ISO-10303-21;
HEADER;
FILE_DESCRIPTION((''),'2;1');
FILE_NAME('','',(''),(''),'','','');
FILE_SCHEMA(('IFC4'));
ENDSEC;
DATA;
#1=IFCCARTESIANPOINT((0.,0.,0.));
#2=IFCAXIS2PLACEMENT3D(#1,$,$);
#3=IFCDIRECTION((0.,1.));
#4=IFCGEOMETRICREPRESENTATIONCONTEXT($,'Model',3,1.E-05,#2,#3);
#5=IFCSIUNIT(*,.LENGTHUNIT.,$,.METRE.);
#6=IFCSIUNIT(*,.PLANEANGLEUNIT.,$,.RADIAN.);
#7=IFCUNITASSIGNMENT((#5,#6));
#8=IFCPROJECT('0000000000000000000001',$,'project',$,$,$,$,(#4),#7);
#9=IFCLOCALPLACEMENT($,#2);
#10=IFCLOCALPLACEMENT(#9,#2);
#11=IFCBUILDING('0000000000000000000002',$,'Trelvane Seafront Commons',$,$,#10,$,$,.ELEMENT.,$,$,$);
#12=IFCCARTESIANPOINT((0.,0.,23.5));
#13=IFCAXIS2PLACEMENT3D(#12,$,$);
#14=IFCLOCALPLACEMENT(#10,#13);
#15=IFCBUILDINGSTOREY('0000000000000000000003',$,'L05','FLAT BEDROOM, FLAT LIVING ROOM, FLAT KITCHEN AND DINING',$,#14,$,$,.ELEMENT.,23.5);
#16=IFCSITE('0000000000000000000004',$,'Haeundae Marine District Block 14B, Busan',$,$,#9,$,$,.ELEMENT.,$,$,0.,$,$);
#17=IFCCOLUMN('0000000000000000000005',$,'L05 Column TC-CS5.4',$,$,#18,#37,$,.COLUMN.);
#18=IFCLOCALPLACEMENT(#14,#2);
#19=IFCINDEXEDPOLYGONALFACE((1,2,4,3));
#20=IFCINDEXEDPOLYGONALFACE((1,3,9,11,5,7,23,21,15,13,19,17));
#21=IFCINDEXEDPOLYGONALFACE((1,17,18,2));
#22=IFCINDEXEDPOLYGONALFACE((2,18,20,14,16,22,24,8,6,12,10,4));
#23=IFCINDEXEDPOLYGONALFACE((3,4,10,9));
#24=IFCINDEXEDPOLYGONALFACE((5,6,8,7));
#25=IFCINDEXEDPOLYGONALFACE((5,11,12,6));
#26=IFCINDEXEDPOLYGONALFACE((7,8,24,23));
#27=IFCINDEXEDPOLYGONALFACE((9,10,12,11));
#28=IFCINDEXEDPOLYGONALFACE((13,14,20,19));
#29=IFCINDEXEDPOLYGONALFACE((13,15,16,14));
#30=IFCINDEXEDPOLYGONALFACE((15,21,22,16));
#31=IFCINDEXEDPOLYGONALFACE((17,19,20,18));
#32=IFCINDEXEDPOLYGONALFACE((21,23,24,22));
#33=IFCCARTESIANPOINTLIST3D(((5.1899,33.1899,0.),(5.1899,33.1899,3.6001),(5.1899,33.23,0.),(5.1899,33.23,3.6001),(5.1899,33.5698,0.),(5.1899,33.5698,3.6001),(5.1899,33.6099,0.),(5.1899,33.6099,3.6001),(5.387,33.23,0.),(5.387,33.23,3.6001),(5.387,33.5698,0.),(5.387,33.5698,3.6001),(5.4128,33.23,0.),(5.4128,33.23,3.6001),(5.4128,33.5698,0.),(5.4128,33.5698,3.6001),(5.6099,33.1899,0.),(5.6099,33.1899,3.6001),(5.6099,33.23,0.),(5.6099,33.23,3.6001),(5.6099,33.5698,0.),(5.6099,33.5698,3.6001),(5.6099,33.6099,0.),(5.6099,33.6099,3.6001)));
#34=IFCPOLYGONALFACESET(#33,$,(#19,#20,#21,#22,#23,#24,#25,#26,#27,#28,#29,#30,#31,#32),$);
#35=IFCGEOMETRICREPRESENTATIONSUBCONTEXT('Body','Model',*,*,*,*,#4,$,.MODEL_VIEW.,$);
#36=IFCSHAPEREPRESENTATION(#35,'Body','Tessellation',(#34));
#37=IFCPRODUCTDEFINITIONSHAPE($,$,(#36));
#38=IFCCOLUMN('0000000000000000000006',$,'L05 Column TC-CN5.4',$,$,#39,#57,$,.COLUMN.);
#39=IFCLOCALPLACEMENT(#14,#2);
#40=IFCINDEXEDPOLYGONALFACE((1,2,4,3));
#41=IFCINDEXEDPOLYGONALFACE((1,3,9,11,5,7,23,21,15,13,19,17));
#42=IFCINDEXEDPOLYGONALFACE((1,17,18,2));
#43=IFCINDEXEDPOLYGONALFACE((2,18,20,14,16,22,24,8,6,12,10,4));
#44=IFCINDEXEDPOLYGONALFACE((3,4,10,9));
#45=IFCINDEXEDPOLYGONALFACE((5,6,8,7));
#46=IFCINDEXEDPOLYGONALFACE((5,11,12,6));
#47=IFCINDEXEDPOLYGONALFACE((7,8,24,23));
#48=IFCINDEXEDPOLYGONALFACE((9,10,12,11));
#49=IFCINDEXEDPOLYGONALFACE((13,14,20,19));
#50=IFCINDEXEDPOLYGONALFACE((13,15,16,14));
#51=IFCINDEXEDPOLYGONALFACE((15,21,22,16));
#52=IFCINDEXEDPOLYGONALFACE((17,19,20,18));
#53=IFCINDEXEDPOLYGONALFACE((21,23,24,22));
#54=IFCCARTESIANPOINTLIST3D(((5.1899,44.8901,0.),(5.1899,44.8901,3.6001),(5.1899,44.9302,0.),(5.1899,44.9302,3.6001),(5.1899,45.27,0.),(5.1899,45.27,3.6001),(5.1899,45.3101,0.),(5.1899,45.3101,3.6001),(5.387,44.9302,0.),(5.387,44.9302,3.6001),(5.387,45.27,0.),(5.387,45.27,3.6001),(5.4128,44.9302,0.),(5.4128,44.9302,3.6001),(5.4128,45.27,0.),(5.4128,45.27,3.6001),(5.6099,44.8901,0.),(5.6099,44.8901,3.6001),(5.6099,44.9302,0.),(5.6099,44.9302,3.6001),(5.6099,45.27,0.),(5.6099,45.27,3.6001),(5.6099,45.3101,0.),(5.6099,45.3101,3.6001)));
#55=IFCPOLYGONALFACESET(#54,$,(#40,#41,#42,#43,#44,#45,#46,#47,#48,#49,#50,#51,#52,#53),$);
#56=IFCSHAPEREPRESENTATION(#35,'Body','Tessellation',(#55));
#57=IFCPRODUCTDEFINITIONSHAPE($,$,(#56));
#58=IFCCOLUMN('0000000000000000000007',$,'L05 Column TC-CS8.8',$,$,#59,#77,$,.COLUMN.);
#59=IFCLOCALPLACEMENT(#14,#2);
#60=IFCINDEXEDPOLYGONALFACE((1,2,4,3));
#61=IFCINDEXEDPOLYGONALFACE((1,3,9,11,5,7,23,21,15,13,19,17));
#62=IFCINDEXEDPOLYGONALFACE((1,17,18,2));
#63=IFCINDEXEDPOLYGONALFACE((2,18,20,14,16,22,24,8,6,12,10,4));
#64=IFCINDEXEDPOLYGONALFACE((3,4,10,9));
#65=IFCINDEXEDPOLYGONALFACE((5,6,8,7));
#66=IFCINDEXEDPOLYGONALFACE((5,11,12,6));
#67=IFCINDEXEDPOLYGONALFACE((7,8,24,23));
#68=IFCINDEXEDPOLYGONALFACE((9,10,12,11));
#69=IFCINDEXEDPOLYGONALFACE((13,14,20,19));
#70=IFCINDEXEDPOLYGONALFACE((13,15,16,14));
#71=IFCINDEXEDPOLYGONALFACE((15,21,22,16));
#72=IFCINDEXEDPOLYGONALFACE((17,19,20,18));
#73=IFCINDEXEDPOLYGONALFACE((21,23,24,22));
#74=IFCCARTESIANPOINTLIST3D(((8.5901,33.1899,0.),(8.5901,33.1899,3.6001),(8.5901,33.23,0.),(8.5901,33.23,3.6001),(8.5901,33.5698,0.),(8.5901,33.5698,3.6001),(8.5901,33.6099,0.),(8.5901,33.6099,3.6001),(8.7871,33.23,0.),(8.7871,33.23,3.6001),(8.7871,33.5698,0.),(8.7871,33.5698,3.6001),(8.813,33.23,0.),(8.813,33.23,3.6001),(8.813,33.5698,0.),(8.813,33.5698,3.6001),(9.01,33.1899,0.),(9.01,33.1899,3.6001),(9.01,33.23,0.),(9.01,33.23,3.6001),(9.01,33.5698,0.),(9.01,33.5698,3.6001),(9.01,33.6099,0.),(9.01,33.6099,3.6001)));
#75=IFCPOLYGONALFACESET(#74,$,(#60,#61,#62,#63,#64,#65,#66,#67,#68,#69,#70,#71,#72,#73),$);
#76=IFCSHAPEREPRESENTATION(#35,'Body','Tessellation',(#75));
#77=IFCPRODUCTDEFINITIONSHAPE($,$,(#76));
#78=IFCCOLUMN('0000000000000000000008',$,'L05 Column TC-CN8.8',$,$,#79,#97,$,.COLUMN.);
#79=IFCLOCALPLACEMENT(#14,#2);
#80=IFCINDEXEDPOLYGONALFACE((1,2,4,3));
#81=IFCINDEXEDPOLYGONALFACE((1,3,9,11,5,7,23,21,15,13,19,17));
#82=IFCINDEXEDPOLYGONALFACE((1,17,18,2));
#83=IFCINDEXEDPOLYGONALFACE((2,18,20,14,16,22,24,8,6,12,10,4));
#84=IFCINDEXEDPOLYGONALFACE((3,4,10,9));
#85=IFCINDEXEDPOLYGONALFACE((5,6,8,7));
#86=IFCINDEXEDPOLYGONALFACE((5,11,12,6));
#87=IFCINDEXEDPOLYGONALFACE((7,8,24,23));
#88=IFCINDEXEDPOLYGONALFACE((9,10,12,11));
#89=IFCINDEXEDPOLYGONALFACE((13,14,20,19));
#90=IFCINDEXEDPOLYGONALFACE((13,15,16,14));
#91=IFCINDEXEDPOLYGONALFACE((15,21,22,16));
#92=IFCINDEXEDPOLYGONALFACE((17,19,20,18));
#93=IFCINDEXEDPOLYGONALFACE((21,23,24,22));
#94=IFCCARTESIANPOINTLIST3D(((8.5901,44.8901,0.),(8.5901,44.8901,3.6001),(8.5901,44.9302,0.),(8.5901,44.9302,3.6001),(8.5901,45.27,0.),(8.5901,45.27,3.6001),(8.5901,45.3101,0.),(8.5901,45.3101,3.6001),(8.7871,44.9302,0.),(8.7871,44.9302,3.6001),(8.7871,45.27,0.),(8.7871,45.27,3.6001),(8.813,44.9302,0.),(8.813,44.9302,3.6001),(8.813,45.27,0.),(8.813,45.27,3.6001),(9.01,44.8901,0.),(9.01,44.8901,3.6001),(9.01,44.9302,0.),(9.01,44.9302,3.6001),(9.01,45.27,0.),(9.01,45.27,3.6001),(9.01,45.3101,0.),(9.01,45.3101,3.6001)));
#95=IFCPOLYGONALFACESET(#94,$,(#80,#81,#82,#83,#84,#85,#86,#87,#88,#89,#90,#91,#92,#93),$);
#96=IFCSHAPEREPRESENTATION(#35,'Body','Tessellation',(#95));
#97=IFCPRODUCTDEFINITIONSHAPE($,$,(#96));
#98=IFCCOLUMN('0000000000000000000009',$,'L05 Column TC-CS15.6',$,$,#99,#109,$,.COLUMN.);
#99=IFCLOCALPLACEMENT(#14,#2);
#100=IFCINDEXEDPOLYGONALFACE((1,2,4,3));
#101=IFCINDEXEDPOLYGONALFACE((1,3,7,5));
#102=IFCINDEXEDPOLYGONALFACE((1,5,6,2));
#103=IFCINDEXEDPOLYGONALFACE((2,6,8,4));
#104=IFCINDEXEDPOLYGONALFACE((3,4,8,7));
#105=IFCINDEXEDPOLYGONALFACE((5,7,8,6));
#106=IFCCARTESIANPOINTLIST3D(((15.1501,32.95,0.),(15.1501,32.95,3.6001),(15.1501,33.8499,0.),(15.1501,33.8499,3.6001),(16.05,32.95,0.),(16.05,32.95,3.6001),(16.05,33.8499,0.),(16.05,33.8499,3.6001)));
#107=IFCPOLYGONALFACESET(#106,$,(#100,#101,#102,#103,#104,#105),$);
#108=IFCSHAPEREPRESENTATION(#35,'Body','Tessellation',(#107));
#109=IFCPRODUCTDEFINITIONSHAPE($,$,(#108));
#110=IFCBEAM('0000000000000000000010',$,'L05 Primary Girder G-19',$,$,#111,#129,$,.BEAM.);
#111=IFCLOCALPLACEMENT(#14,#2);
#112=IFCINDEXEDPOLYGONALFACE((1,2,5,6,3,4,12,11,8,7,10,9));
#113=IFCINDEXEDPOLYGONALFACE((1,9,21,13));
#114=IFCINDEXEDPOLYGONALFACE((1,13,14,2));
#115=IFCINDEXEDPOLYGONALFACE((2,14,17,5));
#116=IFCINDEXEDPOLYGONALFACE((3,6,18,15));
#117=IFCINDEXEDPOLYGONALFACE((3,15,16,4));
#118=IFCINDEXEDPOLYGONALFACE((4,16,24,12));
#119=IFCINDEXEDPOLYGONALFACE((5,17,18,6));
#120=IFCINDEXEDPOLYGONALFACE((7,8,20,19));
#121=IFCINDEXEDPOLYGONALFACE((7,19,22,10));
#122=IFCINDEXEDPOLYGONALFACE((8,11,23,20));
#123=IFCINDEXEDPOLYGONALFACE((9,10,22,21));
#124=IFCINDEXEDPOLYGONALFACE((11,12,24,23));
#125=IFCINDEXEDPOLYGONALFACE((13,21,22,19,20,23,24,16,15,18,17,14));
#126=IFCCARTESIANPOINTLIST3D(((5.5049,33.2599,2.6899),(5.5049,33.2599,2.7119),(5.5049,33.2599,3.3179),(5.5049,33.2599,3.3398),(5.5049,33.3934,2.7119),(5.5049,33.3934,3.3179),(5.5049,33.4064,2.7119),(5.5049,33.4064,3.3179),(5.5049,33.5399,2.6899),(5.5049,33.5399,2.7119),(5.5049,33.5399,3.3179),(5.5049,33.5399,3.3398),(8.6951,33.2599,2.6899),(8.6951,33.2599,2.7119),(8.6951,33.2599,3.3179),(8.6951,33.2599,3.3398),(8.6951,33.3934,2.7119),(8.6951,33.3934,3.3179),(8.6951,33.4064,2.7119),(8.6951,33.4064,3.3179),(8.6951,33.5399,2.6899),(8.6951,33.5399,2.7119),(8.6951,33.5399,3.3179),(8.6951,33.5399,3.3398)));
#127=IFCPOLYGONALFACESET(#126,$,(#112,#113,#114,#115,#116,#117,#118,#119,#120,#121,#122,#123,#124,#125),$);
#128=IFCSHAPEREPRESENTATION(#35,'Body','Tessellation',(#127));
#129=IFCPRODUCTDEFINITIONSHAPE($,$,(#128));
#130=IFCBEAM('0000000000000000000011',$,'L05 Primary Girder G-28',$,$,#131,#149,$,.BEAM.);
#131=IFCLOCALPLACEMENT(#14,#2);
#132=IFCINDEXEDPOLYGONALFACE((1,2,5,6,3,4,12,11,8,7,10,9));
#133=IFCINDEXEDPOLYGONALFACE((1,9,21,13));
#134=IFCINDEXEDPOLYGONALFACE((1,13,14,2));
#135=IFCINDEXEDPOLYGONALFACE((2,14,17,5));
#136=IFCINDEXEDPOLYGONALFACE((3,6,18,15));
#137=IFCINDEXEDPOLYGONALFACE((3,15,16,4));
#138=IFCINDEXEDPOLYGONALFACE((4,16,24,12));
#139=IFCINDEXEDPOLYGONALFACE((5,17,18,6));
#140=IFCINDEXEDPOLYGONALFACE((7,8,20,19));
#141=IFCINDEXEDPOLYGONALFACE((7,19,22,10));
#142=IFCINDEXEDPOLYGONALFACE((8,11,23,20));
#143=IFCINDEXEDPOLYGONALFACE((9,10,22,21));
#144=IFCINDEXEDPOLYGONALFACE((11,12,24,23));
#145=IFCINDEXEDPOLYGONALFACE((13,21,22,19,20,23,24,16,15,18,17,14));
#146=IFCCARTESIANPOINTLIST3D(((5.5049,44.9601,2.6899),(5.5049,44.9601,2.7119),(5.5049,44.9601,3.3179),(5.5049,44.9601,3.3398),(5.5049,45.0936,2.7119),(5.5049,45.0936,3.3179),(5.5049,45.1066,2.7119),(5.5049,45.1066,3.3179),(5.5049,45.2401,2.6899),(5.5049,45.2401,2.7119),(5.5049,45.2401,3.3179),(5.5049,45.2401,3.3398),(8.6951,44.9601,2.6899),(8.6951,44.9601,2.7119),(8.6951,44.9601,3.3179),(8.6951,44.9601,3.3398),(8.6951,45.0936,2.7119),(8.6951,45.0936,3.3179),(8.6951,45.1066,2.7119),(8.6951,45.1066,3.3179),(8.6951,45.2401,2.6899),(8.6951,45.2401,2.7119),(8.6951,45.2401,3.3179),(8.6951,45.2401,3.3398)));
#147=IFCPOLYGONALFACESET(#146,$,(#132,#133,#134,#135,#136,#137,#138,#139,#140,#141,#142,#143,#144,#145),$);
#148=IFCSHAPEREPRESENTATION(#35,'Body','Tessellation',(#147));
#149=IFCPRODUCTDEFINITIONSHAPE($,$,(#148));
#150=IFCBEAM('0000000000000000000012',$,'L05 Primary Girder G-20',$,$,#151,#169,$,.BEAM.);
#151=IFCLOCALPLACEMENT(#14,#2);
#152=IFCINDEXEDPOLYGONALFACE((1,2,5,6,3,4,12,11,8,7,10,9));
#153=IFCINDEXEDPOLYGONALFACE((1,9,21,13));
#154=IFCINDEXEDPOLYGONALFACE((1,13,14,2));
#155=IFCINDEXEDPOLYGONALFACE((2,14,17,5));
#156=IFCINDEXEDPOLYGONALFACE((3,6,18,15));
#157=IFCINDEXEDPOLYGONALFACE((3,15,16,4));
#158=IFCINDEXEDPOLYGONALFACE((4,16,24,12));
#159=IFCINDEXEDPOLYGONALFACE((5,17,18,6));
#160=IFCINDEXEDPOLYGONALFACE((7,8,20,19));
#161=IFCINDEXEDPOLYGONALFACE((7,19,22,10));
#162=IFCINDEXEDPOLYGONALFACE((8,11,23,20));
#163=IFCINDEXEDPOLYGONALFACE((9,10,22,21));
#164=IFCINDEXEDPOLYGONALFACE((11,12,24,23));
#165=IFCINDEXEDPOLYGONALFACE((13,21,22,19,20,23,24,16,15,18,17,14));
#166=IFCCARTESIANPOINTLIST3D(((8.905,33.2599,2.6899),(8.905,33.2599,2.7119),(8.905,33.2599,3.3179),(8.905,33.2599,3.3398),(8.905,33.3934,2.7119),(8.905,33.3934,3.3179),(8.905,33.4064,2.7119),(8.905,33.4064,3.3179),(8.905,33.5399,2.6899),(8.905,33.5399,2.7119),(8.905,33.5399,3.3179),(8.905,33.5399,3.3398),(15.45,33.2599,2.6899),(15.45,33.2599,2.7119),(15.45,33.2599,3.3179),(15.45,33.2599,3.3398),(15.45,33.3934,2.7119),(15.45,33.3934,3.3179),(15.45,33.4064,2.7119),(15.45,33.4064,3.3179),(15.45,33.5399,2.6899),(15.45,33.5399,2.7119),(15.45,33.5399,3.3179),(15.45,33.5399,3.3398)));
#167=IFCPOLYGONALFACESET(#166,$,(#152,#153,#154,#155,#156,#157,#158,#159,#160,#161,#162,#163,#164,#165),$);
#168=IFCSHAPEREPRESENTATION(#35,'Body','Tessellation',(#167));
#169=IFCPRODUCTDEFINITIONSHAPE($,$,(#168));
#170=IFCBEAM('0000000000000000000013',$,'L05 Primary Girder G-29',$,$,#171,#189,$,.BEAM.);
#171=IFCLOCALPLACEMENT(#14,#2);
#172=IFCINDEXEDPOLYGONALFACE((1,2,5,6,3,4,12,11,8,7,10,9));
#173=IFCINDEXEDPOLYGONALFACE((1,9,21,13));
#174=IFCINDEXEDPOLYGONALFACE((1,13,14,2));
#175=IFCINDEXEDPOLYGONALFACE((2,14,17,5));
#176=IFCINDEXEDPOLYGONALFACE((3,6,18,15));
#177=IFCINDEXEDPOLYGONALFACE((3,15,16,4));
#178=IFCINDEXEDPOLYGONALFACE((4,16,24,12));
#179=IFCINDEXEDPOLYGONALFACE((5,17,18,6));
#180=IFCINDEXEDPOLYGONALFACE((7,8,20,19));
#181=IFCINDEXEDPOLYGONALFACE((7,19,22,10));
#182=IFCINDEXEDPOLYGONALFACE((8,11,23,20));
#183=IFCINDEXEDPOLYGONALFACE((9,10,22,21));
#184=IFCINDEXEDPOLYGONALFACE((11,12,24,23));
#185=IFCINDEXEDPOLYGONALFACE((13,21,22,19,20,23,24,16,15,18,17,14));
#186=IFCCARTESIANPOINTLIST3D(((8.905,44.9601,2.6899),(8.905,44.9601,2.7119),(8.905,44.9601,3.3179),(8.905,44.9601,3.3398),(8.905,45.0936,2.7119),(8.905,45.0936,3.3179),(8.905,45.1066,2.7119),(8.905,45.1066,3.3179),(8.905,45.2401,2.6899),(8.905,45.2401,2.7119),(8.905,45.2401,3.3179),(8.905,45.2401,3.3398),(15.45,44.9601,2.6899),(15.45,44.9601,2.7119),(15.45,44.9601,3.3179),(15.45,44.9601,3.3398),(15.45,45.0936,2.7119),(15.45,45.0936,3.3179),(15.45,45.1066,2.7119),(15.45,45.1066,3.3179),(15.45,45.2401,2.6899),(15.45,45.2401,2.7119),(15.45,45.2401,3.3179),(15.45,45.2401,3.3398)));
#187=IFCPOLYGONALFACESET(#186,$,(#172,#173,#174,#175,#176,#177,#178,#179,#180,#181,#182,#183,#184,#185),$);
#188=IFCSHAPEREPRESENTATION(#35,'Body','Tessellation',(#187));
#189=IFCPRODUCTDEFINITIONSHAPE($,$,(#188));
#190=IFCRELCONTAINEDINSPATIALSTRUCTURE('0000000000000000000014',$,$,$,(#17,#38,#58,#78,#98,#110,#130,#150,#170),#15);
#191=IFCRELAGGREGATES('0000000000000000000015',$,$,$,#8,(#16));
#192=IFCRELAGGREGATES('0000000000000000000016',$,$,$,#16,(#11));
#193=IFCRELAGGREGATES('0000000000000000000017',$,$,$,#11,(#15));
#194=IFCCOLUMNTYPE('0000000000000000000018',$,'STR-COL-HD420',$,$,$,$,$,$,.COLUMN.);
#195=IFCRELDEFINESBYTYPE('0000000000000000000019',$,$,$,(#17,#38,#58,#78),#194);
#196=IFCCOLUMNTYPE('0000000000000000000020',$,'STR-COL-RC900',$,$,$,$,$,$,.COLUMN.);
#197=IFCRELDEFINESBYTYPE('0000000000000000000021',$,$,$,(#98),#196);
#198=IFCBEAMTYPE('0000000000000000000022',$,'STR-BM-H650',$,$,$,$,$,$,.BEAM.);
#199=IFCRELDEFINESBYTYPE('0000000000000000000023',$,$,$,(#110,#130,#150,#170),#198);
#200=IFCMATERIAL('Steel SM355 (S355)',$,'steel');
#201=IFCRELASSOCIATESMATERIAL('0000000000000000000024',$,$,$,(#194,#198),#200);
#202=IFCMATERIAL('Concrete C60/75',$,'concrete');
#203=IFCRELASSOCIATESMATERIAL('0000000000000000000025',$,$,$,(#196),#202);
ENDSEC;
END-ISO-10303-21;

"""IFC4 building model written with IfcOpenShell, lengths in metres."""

from ifc_helpers import new_model, si_unit, direction, frame, origin, origin_2d, place, context, subcontext, project, spatial, rectangle, i_section, extrude, source, transform, mapped, material, material_profile, profile_set, type_object, element, save


model = new_model("IFC4")

# Units and contexts
model_context = context("Model", 3, precision=1e-05, world=origin(), true_north=direction((0.0, 1.0)))
body_context = subcontext(model_context, "Body", "Model", "MODEL_VIEW")
ifc_project = project(units=[si_unit("LENGTHUNIT", "METRE"), si_unit("PLANEANGLEUNIT", "RADIAN")], contexts=[model_context])

# Site, building, storey
site_placement = place(None, origin())
site = spatial("IfcSite", under=ifc_project, at=site_placement, Name="Haeundae Marine District Block 14B, Busan", CompositionType="ELEMENT", RefElevation=0.0)
building_placement = place(site_placement, origin())
building = spatial("IfcBuilding", under=site, at=building_placement, Name="Trelvane Seafront Commons", CompositionType="ELEMENT")
storey_placement = place(building_placement, frame((0.0, 0.0, 23.5)))
storey = spatial("IfcBuildingStorey", under=building, at=storey_placement, Name="L05", Description="FLAT BEDROOM, FLAT LIVING ROOM, FLAT KITCHEN AND DINING", CompositionType="ELEMENT", Elevation=23.5)

# Columns
ifc_material_1 = material(Name="Steel SM355 (S355)", Category="steel")
ifc_material_profile_1 = material_profile(ifc_material_1, i_section(OverallWidth=0.4199, OverallDepth=0.4199, WebThickness=0.0259, FlangeThickness=0.04, at=origin_2d()), Name="HD-420x420x26x40")
ifc_profile_set_1 = profile_set([ifc_material_profile_1], Name="Steel SM355 (S355)")
column_type_1 = type_object("IfcColumnType", Name="STR-COL-HD420", PredefinedType="COLUMN", material=ifc_profile_set_1)
shared_shape_1 = source(origin(), body_context, "Body", "SweptSolid", [
    extrude(i_section(OverallWidth=0.4199, OverallDepth=0.4199, WebThickness=0.0259, FlangeThickness=0.04, at=origin_2d()), origin(), (0.0, 0.0, 1.0), 3.6001),
])
for number, where, z_axis, x_axis, name in (
    (1, (5.3999, 33.3999, 0.0), (0.0, 0.0, 1.0), (1.0, 0.0, 0.0), "L05 Column TC-CS5.4"),
    (2, (5.3999, 45.1001, 0.0), (0.0, 0.0, 1.0), (1.0, 0.0, 0.0), "L05 Column TC-CN5.4"),
    (3, (8.8, 33.3999, 0.0), (0.0, 0.0, 1.0), (1.0, 0.0, 0.0), "L05 Column TC-CS8.8"),
    (4, (8.8, 45.1001, 0.0), (0.0, 0.0, 1.0), (1.0, 0.0, 0.0), "L05 Column TC-CN8.8"),
):
    element("IfcColumn", number, at=place(storey_placement, frame(where, z_axis=z_axis, x_axis=x_axis)), inside=storey, type_object=column_type_1, Name=name, PredefinedType="COLUMN", context=body_context, shape_type="MappedRepresentation", body=[
        mapped(shared_shape_1, transform((0.0, 0.0, 0.0), x_axis=(1.0, 0.0, 0.0), y_axis=(0.0, 1.0, 0.0), z_axis=(0.0, 0.0, 1.0), scale=1.0)),
    ])
ifc_material_2 = material(Name="Concrete C60/75", Category="concrete")
ifc_material_profile_2 = material_profile(ifc_material_2, rectangle(XDim=0.8999, YDim=0.8999, at=origin_2d()), Name="RC-900x900")
ifc_profile_set_2 = profile_set([ifc_material_profile_2], Name="Concrete C60/75")
column_type_2 = type_object("IfcColumnType", Name="STR-COL-RC900", PredefinedType="COLUMN", material=ifc_profile_set_2)
shared_shape_2 = source(origin(), body_context, "Body", "SweptSolid", [
    extrude(rectangle(XDim=0.8999, YDim=0.8999, at=origin_2d()), origin(), (0.0, 0.0, 1.0), 3.6001),
])
column_placement = place(storey_placement, frame((15.6001, 33.3999, 0.0), z_axis=(0.0, 0.0, 1.0), x_axis=(1.0, 0.0, 0.0)))
element("IfcColumn", 5, at=column_placement, inside=storey, type_object=column_type_2, Name="L05 Column TC-CS15.6", PredefinedType="COLUMN", context=body_context, shape_type="MappedRepresentation", body=[
    mapped(shared_shape_2, transform((0.0, 0.0, 0.0), x_axis=(1.0, 0.0, 0.0), y_axis=(0.0, 1.0, 0.0), z_axis=(0.0, 0.0, 1.0), scale=1.0)),
])

# Beams
ifc_material_profile_3 = material_profile(ifc_material_1, i_section(OverallWidth=0.28, OverallDepth=0.6499, WebThickness=0.0129, FlangeThickness=0.022, at=origin_2d()), Name="H-650x280x13x22")
ifc_profile_set_3 = profile_set([ifc_material_profile_3], Name="Steel SM355 (S355)")
beam_type_1 = type_object("IfcBeamType", Name="STR-BM-H650", PredefinedType="BEAM", material=ifc_profile_set_3)
shared_shape_3 = source(origin(), body_context, "Body", "SweptSolid", [
    extrude(i_section(OverallWidth=0.28, OverallDepth=0.6499, WebThickness=0.0129, FlangeThickness=0.022, at=origin_2d()), origin(), (0.0, 0.0, 1.0), 3.1902),
])
for number, where, z_axis, x_axis, name in (
    (6, (5.5049, 33.3999, 3.0149), (1.0, 0.0, 0.0), (0.0, 1.0, 0.0), "L05 Primary Girder G-19"),
    (7, (5.5049, 45.1001, 3.0149), (1.0, 0.0, 0.0), (0.0, 1.0, 0.0), "L05 Primary Girder G-28"),
):
    element("IfcBeam", number, at=place(storey_placement, frame(where, z_axis=z_axis, x_axis=x_axis)), inside=storey, type_object=beam_type_1, Name=name, PredefinedType="BEAM", context=body_context, shape_type="MappedRepresentation", body=[
        mapped(shared_shape_3, transform((0.0, 0.0, 0.0), x_axis=(1.0, 0.0, 0.0), y_axis=(0.0, 1.0, 0.0), z_axis=(0.0, 0.0, 1.0), scale=1.0)),
    ])
shared_shape_4 = source(origin(), body_context, "Body", "SweptSolid", [
    extrude(i_section(OverallWidth=0.28, OverallDepth=0.6499, WebThickness=0.0129, FlangeThickness=0.022, at=origin_2d()), origin(), (0.0, 0.0, 1.0), 6.5449),
])
for number, where, z_axis, x_axis, name in (
    (8, (8.905, 33.3999, 3.0149), (1.0, 0.0, 0.0), (0.0, 1.0, 0.0), "L05 Primary Girder G-20"),
    (9, (8.905, 45.1001, 3.0149), (1.0, 0.0, 0.0), (0.0, 1.0, 0.0), "L05 Primary Girder G-29"),
):
    element("IfcBeam", number, at=place(storey_placement, frame(where, z_axis=z_axis, x_axis=x_axis)), inside=storey, type_object=beam_type_1, Name=name, PredefinedType="BEAM", context=body_context, shape_type="MappedRepresentation", body=[
        mapped(shared_shape_4, transform((0.0, 0.0, 0.0), x_axis=(1.0, 0.0, 0.0), y_axis=(0.0, 1.0, 0.0), z_axis=(0.0, 0.0, 1.0), scale=1.0)),
    ])

save(model, "model.ifc")
